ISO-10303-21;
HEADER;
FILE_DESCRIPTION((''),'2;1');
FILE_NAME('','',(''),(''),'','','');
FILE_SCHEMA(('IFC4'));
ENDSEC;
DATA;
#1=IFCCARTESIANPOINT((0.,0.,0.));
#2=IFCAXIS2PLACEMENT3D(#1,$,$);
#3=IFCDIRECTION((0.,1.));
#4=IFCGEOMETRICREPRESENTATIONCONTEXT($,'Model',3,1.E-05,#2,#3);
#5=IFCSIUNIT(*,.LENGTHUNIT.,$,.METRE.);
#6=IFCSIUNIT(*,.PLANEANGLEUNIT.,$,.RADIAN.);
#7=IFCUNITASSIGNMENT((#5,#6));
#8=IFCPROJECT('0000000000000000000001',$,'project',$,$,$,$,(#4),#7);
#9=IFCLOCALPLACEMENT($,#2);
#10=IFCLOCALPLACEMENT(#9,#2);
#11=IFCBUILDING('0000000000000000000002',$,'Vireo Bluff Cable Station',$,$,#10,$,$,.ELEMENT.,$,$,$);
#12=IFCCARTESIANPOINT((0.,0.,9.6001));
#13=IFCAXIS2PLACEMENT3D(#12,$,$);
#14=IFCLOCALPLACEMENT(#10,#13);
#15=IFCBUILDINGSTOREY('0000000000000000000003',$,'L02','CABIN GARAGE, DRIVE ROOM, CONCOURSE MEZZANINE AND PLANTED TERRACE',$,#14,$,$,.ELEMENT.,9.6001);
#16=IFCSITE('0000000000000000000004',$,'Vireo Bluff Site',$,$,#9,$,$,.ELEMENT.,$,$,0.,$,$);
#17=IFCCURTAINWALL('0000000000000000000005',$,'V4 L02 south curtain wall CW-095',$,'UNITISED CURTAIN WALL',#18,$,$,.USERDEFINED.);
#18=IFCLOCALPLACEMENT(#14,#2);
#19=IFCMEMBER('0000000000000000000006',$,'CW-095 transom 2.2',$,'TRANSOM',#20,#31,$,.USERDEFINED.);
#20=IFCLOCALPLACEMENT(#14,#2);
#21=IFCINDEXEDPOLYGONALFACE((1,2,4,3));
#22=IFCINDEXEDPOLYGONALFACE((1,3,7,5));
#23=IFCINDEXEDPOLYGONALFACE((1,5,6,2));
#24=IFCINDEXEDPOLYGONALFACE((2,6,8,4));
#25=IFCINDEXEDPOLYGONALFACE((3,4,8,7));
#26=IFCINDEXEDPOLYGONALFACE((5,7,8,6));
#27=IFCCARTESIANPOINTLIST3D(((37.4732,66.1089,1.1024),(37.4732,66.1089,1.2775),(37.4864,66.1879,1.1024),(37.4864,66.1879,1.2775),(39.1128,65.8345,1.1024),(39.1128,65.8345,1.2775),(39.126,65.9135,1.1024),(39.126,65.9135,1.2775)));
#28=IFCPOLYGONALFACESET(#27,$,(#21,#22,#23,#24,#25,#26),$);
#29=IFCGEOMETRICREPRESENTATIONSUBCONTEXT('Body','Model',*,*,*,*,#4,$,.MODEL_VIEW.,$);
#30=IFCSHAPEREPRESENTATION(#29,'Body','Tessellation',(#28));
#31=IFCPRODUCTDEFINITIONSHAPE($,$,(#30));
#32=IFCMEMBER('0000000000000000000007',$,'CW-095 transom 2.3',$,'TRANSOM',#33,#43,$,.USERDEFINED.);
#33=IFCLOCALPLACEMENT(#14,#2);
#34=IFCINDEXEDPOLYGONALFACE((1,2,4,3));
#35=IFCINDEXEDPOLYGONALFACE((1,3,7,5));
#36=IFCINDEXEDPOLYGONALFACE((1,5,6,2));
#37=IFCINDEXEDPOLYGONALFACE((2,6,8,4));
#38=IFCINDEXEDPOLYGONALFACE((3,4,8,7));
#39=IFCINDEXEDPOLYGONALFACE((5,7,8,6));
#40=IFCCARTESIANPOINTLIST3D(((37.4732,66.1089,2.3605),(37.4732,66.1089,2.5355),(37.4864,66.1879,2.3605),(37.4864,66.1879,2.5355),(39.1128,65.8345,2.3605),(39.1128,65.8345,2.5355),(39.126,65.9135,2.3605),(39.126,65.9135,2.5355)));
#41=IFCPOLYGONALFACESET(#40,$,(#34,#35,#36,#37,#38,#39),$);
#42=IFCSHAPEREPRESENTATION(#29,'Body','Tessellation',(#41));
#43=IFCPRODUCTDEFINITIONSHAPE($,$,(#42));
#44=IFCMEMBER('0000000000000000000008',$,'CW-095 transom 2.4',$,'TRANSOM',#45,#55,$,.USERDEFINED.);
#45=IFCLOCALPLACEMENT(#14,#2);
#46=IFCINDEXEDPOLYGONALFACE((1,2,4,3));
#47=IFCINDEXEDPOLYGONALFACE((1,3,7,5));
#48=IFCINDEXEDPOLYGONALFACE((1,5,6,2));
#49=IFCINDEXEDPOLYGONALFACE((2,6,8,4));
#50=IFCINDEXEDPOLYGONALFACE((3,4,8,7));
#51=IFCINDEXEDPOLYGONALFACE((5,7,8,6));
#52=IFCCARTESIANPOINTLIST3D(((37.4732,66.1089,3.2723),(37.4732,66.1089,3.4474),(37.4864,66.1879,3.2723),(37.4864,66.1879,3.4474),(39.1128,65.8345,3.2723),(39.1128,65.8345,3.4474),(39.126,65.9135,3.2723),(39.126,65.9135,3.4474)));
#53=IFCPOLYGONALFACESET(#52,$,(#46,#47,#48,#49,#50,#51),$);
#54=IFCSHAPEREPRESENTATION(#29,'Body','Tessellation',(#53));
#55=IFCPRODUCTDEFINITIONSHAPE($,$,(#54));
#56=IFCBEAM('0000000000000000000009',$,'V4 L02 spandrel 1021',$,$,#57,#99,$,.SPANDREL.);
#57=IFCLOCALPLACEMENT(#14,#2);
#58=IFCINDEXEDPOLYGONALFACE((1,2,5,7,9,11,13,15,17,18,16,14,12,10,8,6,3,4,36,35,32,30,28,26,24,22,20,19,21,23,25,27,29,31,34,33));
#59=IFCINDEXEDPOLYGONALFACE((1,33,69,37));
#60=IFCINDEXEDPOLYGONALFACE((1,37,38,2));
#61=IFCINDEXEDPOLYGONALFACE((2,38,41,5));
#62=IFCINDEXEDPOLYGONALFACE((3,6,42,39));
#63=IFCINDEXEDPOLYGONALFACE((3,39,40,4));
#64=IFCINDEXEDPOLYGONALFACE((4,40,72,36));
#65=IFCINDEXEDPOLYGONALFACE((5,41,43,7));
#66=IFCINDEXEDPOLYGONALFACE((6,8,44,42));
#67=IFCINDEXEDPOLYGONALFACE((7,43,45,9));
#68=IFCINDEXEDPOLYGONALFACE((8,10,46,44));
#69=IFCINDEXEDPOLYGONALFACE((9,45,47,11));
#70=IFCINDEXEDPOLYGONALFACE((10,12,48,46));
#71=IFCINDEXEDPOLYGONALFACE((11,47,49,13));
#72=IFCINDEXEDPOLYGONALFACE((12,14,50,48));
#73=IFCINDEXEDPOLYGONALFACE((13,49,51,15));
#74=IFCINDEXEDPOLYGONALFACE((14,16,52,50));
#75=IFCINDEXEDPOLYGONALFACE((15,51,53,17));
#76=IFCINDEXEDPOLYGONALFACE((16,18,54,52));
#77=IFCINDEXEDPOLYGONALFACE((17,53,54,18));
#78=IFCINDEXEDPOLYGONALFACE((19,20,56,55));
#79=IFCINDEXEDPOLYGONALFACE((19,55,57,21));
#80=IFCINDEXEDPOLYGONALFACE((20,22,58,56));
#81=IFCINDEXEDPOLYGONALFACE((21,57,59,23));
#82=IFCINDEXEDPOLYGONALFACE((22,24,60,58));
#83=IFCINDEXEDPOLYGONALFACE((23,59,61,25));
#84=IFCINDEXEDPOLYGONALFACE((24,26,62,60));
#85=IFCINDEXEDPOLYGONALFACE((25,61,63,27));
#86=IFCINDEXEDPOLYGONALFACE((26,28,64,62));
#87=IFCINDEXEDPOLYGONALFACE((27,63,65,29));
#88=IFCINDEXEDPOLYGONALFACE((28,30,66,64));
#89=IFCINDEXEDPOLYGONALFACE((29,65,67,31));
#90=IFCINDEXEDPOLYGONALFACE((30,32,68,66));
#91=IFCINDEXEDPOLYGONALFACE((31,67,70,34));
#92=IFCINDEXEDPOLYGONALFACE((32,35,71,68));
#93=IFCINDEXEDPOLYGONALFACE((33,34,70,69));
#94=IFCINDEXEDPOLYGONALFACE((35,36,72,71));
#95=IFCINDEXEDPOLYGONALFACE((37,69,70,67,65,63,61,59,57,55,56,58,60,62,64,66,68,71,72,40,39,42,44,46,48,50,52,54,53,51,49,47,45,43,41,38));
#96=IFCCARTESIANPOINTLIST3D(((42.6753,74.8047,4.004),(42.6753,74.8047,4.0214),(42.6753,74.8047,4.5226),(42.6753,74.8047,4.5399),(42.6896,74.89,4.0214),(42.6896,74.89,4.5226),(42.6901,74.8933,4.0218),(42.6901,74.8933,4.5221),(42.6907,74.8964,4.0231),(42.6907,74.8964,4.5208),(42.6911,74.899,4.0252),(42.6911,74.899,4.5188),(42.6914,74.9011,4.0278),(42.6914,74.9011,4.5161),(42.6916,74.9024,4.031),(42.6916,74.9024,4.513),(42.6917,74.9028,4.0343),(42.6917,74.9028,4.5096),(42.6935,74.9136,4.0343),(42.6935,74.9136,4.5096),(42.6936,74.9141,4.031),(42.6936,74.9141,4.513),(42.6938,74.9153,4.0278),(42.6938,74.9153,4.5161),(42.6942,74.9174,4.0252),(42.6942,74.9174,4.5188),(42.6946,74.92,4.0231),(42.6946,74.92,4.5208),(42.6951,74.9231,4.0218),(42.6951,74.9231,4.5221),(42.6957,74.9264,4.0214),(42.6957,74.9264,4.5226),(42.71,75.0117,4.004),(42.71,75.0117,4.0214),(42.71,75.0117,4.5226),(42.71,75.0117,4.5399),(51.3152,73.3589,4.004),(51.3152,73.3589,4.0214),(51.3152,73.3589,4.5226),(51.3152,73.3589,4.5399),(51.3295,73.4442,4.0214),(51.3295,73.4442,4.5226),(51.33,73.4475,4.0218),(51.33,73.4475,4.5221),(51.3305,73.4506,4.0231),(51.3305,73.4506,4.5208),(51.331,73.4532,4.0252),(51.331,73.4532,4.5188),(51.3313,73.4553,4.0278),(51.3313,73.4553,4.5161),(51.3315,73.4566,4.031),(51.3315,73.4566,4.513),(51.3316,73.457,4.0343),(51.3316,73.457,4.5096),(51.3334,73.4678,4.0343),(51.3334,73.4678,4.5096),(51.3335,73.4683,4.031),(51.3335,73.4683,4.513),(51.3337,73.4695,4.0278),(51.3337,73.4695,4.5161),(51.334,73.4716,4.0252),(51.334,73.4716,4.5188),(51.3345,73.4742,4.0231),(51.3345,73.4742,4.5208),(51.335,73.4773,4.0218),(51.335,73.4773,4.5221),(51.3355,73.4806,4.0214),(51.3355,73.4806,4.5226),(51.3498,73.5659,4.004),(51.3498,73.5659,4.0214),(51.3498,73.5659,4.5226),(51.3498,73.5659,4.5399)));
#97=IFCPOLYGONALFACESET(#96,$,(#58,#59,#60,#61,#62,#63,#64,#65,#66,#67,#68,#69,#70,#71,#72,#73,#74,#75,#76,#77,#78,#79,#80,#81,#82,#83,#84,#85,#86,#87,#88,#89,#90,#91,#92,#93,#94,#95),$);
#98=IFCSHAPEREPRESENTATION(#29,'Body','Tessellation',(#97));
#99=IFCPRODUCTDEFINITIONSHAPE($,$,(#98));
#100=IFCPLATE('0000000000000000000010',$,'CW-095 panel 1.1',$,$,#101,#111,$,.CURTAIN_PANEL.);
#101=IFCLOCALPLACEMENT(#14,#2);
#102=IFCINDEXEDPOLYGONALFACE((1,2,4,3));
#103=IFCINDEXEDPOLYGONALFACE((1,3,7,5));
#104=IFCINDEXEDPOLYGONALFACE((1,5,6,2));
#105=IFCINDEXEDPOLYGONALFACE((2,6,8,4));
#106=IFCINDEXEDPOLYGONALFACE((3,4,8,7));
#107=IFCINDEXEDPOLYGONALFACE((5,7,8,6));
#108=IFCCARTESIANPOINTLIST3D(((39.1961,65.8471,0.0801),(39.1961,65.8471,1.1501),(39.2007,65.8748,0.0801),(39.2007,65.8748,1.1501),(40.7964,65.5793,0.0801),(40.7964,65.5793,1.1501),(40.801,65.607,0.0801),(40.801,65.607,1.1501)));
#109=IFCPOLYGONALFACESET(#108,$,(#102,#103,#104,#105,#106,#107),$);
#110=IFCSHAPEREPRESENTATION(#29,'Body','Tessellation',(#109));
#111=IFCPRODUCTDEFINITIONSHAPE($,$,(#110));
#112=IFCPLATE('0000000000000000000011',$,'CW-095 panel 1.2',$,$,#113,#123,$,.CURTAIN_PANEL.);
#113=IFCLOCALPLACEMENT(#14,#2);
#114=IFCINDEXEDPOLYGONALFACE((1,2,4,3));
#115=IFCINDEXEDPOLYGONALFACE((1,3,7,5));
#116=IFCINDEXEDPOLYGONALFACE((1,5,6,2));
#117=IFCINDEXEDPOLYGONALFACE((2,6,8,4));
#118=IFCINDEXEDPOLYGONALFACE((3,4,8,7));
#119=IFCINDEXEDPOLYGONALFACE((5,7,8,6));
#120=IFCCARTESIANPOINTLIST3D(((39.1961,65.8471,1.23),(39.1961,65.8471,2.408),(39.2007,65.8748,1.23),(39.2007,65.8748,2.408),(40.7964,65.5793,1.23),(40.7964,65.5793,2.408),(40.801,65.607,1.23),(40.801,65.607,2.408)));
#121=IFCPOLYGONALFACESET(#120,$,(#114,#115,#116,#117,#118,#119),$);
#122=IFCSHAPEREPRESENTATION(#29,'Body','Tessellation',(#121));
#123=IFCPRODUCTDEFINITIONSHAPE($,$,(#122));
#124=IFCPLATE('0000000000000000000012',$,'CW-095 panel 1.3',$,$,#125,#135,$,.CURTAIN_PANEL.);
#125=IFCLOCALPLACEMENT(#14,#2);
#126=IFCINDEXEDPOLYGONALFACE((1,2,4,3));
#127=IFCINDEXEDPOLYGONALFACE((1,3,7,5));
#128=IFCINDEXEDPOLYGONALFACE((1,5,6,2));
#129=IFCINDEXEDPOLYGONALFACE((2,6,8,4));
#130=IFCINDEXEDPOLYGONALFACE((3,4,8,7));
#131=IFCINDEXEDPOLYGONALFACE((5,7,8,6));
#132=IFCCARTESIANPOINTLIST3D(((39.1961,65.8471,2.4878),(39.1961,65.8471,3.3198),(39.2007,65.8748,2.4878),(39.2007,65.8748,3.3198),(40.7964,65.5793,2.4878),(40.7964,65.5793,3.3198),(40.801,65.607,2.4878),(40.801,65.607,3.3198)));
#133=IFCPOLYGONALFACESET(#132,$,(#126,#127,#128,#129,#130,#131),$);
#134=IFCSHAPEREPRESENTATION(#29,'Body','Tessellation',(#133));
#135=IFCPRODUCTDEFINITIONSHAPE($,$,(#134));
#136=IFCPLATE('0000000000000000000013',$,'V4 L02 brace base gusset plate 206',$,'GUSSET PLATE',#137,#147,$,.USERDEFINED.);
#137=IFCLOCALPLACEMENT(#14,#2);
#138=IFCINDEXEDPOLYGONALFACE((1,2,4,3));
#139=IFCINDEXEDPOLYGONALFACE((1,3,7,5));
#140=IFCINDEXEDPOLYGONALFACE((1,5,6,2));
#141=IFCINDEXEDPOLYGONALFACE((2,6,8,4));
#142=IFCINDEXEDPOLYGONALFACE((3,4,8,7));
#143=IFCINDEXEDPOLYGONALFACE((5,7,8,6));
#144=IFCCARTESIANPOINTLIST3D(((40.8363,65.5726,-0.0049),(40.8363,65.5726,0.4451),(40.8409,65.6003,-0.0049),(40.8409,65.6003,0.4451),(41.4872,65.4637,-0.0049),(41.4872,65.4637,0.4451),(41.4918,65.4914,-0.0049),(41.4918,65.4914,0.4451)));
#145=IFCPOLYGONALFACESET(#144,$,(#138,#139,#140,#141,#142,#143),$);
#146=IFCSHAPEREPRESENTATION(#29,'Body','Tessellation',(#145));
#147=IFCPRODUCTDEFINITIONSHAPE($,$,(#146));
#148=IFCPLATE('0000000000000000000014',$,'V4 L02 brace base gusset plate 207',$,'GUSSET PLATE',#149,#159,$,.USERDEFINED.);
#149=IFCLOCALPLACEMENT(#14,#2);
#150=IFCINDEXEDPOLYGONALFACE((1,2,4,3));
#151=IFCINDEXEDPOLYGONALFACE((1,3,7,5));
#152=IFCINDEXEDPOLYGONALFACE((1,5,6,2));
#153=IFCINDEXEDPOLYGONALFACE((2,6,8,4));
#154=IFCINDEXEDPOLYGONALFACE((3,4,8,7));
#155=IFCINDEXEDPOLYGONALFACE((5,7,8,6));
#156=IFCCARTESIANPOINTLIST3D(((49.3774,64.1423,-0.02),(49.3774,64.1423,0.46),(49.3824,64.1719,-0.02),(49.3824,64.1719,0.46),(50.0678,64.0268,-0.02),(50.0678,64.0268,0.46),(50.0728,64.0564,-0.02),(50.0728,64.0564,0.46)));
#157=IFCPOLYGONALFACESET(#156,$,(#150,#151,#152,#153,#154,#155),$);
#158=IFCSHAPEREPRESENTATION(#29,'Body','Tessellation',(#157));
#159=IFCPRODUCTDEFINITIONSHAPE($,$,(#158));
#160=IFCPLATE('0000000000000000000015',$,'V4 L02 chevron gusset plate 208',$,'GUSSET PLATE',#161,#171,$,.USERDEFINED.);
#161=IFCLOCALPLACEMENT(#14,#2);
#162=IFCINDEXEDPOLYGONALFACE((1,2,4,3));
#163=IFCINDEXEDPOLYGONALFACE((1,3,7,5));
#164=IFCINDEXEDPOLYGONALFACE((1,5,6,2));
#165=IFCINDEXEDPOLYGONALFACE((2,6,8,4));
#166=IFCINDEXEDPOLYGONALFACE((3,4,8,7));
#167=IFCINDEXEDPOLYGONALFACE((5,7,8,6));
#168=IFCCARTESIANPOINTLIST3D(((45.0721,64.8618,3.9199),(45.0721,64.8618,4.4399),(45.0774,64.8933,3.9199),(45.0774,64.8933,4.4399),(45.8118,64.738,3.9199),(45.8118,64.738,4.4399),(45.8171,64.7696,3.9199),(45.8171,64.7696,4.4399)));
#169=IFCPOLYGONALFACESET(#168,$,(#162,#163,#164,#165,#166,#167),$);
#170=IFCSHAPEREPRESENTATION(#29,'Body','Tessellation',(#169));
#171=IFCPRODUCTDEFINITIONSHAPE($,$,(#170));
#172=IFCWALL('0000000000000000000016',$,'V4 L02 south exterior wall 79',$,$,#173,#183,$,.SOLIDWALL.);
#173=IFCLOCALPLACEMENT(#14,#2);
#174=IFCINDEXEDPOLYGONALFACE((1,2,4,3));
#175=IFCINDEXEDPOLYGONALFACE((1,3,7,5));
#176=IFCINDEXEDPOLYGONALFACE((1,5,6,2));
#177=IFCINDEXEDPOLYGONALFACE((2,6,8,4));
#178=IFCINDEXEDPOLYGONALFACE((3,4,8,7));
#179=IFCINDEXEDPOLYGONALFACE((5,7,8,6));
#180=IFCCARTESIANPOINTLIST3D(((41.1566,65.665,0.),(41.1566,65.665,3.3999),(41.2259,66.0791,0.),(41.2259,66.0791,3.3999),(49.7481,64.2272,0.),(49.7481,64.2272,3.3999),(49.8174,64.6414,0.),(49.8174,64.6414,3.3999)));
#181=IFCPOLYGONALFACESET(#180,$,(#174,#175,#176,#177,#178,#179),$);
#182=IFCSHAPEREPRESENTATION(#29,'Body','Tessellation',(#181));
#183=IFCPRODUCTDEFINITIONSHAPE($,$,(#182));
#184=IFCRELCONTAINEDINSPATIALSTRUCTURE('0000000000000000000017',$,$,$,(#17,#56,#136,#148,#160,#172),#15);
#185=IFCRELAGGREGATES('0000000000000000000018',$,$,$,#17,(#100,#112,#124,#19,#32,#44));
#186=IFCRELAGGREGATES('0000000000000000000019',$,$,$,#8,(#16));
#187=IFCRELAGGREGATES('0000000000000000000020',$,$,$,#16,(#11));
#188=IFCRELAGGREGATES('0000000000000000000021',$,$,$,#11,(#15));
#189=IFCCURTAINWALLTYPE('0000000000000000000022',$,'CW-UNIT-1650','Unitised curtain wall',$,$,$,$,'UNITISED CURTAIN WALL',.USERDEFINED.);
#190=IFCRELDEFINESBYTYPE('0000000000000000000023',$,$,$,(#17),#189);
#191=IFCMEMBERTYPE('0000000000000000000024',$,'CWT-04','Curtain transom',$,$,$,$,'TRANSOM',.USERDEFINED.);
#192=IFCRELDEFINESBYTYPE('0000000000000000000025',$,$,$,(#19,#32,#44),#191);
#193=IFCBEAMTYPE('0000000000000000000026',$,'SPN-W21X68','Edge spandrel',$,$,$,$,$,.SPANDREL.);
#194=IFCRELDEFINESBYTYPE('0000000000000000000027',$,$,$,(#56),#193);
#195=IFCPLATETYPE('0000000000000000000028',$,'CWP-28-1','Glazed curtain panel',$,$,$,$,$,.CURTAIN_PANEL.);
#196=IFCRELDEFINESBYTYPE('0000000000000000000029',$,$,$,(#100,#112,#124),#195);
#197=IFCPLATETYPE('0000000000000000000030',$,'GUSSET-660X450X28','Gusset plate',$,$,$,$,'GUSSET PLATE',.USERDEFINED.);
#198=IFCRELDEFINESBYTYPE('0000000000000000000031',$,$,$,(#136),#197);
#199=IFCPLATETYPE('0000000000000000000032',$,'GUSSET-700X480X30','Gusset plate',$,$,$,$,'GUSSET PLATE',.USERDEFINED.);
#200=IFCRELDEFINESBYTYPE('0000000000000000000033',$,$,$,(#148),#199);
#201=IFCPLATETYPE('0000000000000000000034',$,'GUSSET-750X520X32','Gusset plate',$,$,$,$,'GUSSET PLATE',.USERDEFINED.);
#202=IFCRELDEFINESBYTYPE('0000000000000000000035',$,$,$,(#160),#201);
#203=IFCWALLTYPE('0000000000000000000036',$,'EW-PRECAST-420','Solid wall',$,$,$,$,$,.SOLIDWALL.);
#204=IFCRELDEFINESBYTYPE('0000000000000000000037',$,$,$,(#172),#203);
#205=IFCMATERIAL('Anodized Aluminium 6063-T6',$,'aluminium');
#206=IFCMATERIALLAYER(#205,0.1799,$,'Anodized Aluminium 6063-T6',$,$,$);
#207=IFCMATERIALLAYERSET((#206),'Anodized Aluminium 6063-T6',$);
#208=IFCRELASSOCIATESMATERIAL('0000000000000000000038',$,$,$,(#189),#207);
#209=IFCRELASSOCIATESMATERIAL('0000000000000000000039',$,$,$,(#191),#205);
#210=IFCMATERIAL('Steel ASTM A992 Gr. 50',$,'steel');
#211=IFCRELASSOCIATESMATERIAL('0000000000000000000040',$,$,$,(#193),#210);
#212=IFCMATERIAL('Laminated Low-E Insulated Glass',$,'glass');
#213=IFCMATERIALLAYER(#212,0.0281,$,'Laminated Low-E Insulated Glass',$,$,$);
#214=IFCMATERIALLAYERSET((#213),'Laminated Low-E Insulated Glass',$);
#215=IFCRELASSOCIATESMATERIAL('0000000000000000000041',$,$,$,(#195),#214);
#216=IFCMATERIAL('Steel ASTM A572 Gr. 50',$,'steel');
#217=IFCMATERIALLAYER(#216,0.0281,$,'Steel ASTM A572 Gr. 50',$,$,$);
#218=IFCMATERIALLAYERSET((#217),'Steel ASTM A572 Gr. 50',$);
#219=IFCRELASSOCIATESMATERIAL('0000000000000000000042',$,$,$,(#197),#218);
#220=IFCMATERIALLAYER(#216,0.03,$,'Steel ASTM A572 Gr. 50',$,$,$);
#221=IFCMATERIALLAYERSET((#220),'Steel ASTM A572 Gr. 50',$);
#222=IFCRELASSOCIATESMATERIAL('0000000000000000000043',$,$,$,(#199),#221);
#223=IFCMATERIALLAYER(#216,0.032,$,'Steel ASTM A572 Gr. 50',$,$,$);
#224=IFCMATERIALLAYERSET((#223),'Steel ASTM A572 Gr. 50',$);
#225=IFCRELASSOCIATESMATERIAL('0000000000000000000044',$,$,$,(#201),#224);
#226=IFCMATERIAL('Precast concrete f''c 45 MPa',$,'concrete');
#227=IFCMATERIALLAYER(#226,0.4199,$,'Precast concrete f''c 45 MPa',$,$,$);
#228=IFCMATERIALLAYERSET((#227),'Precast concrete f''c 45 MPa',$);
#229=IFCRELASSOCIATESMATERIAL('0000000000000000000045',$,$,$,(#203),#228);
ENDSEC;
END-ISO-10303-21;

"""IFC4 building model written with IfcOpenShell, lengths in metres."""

from ifc_helpers import new_model, si_unit, direction, frame, frame_2d, origin, origin_2d, place, context, subcontext, project, spatial, rectangle, i_section, extrude, material, layer, layer_set, material_profile, profile_set, type_object, element, aggregate, save


model = new_model("IFC4")

# Units and contexts
model_context = context("Model", 3, precision=1e-05, world=origin(), true_north=direction((0.0, 1.0)))
body_context = subcontext(model_context, "Body", "Model", "MODEL_VIEW")
ifc_project = project(units=[si_unit("LENGTHUNIT", "METRE"), si_unit("PLANEANGLEUNIT", "RADIAN")], contexts=[model_context])

# Site, building, storey
site_placement = place(None, origin())
site = spatial("IfcSite", under=ifc_project, at=site_placement, Name="Vireo Bluff Site", CompositionType="ELEMENT", RefElevation=0.0)
building_placement = place(site_placement, origin())
building = spatial("IfcBuilding", under=site, at=building_placement, Name="Vireo Bluff Cable Station", CompositionType="ELEMENT")
storey_placement = place(building_placement, frame((0.0, 0.0, 9.6001)))
storey = spatial("IfcBuildingStorey", under=building, at=storey_placement, Name="L02", Description="CABIN GARAGE, DRIVE ROOM, CONCOURSE MEZZANINE AND PLANTED TERRACE", CompositionType="ELEMENT", Elevation=9.6001)

# Shared definitions
ifc_material_1 = material(Name="Steel ASTM A992 Gr. 50", Category="steel")

# Curtain wall, members
ifc_material_2 = material(Name="Anodized Aluminium 6063-T6", Category="aluminium")
ifc_layer_1 = layer(ifc_material_2, 0.1799, Name="Anodized Aluminium 6063-T6")
ifc_layer_set_1 = layer_set([ifc_layer_1], Name="Anodized Aluminium 6063-T6")
curtain_wall_type = type_object("IfcCurtainWallType", Name="CW-UNIT-1650", Description="Unitised curtain wall", ElementType="UNITISED CURTAIN WALL", PredefinedType="USERDEFINED", material=ifc_layer_set_1)
curtain_wall_placement = place(storey_placement, origin())
curtain_wall = element("IfcCurtainWall", 1, at=curtain_wall_placement, inside=storey, type_object=curtain_wall_type, Name="V4 L02 south curtain wall CW-095", ObjectType="UNITISED CURTAIN WALL", PredefinedType="USERDEFINED")
ifc_material_profile_1 = material_profile(ifc_material_2, rectangle(XDim=0.0801, YDim=0.175, at=origin_2d()), Name="ALU-T-80X175")
ifc_profile_set_1 = profile_set([ifc_material_profile_1], Name="Anodized Aluminium 6063-T6")
member_type_1 = type_object("IfcMemberType", Name="CWT-04", Description="Curtain transom", ElementType="TRANSOM", PredefinedType="USERDEFINED", material=ifc_profile_set_1)
member_1_placement = place(storey_placement, frame((39.1194, 65.874, 1.1899), z_axis=(-0.986283, 0.165066, 0.0), x_axis=(-0.165066, -0.986283, 0.0)))
member_1 = element("IfcMember", 2, at=member_1_placement, type_object=member_type_1, Name="CW-095 transom 2.2", ObjectType="TRANSOM", PredefinedType="USERDEFINED", context=body_context, shape_type="SweptSolid", body=[
    extrude(rectangle(XDim=0.0801, YDim=0.175, at=origin_2d()), origin(), (0.0, 0.0, 1.0), 1.6624),
])
member_2_placement = place(storey_placement, frame((39.1194, 65.874, 2.448), z_axis=(-0.986283, 0.165066, 0.0), x_axis=(-0.165066, -0.986283, 0.0)))
member_2 = element("IfcMember", 3, at=member_2_placement, type_object=member_type_1, Name="CW-095 transom 2.3", ObjectType="TRANSOM", PredefinedType="USERDEFINED", context=body_context, shape_type="SweptSolid", body=[
    extrude(rectangle(XDim=0.0801, YDim=0.175, at=origin_2d()), origin(), (0.0, 0.0, 1.0), 1.6624),
])
member_3_placement = place(storey_placement, frame((39.1194, 65.874, 3.3599), z_axis=(-0.986283, 0.165066, 0.0), x_axis=(-0.165066, -0.986283, 0.0)))
member_3 = element("IfcMember", 4, at=member_3_placement, type_object=member_type_1, Name="CW-095 transom 2.4", ObjectType="TRANSOM", PredefinedType="USERDEFINED", context=body_context, shape_type="SweptSolid", body=[
    extrude(rectangle(XDim=0.0801, YDim=0.175, at=origin_2d()), origin(), (0.0, 0.0, 1.0), 1.6624),
])

# Beam
ifc_material_profile_2 = material_profile(ifc_material_1, i_section(OverallWidth=0.21, OverallDepth=0.5359, WebThickness=0.011, FlangeThickness=0.0173, FilletRadius=0.0129, at=origin_2d()), Name="W21X68")
ifc_profile_set_2 = profile_set([ifc_material_profile_2], Name="Steel ASTM A992 Gr. 50")
beam_type_1 = type_object("IfcBeamType", Name="SPN-W21X68", Description="Edge spandrel", PredefinedType="SPANDREL", material=ifc_profile_set_2)
beam_1_placement = place(storey_placement, frame((42.6926, 74.9082, 4.272), z_axis=(0.986286, -0.165045, 0.0), x_axis=(0.165045, 0.986286, 0.0)))
element("IfcBeam", 5, at=beam_1_placement, inside=storey, type_object=beam_type_1, Name="V4 L02 spandrel 1021", PredefinedType="SPANDREL", context=body_context, shape_type="SweptSolid", body=[
    extrude(i_section(OverallWidth=0.21, OverallDepth=0.5359, WebThickness=0.011, FlangeThickness=0.0173, FilletRadius=0.0129, at=origin_2d()), origin(), (0.0, 0.0, 1.0), 8.76),
])

# Plates
ifc_material_3 = material(Name="Laminated Low-E Insulated Glass", Category="glass")
ifc_layer_2 = layer(ifc_material_3, 0.0281, Name="Laminated Low-E Insulated Glass")
ifc_layer_set_2 = layer_set([ifc_layer_2], Name="Laminated Low-E Insulated Glass")
plate_type_1 = type_object("IfcPlateType", Name="CWP-28-1", Description="Glazed curtain panel", PredefinedType="CURTAIN_PANEL", material=ifc_layer_set_2)
plate_1_placement = place(storey_placement, frame((39.9985, 65.7271, 0.0801), z_axis=(0.0, 0.0, 1.0), x_axis=(-0.986286, 0.165048, 0.0)))
plate_1 = element("IfcPlate", 6, at=plate_1_placement, type_object=plate_type_1, Name="CW-095 panel 1.1", PredefinedType="CURTAIN_PANEL", context=body_context, shape_type="SweptSolid", body=[
    extrude(rectangle(XDim=1.6226, YDim=0.0281, at=origin_2d()), origin(), (0.0, 0.0, 1.0), 1.0701),
])
plate_2_placement = place(storey_placement, frame((39.9985, 65.7271, 1.23), z_axis=(0.0, 0.0, 1.0), x_axis=(-0.986286, 0.165048, 0.0)))
plate_2 = element("IfcPlate", 7, at=plate_2_placement, type_object=plate_type_1, Name="CW-095 panel 1.2", PredefinedType="CURTAIN_PANEL", context=body_context, shape_type="SweptSolid", body=[
    extrude(rectangle(XDim=1.6226, YDim=0.0281, at=origin_2d()), origin(), (0.0, 0.0, 1.0), 1.178),
])
plate_3_placement = place(storey_placement, frame((39.9985, 65.7271, 2.4878), z_axis=(0.0, 0.0, 1.0), x_axis=(-0.986286, 0.165048, 0.0)))
plate_3 = element("IfcPlate", 8, at=plate_3_placement, type_object=plate_type_1, Name="CW-095 panel 1.3", PredefinedType="CURTAIN_PANEL", context=body_context, shape_type="SweptSolid", body=[
    extrude(rectangle(XDim=1.6226, YDim=0.0281, at=origin_2d()), origin(), (0.0, 0.0, 1.0), 0.832),
])
aggregate(curtain_wall, [plate_1, plate_2, plate_3, member_1, member_2, member_3])

# Plates
ifc_material_4 = material(Name="Steel ASTM A572 Gr. 50", Category="steel")
ifc_layer_3 = layer(ifc_material_4, 0.0281, Name="Steel ASTM A572 Gr. 50")
ifc_layer_set_3 = layer_set([ifc_layer_3], Name="Steel ASTM A572 Gr. 50")
plate_type_2 = type_object("IfcPlateType", Name="GUSSET-660X450X28", Description="Gusset plate", ElementType="GUSSET PLATE", PredefinedType="USERDEFINED", material=ifc_layer_set_3)
plate_4_placement = place(storey_placement, frame((41.1641, 65.532, -0.0049), z_axis=(0.0, 0.0, 1.0), x_axis=(0.986286, -0.165048, 0.0)))
element("IfcPlate", 9, at=plate_4_placement, inside=storey, type_object=plate_type_2, Name="V4 L02 brace base gusset plate 206", ObjectType="GUSSET PLATE", PredefinedType="USERDEFINED", context=body_context, shape_type="SweptSolid", body=[
    extrude(rectangle(XDim=0.6599, YDim=0.0281, at=origin_2d()), origin(), (0.0, 0.0, 1.0), 0.45),
])
ifc_layer_4 = layer(ifc_material_4, 0.03, Name="Steel ASTM A572 Gr. 50")
ifc_layer_set_4 = layer_set([ifc_layer_4], Name="Steel ASTM A572 Gr. 50")
plate_type_3 = type_object("IfcPlateType", Name="GUSSET-700X480X30", Description="Gusset plate", ElementType="GUSSET PLATE", PredefinedType="USERDEFINED", material=ifc_layer_set_4)
plate_5_placement = place(storey_placement, frame((49.7251, 64.0994, -0.02), z_axis=(0.0, 0.0, 1.0), x_axis=(0.986286, -0.165048, 0.0)))
element("IfcPlate", 10, at=plate_5_placement, inside=storey, type_object=plate_type_3, Name="V4 L02 brace base gusset plate 207", ObjectType="GUSSET PLATE", PredefinedType="USERDEFINED", context=body_context, shape_type="SweptSolid", body=[
    extrude(rectangle(XDim=0.7, YDim=0.03, at=origin_2d()), origin(), (0.0, 0.0, 1.0), 0.48),
])
ifc_layer_5 = layer(ifc_material_4, 0.032, Name="Steel ASTM A572 Gr. 50")
ifc_layer_set_5 = layer_set([ifc_layer_5], Name="Steel ASTM A572 Gr. 50")
plate_type_4 = type_object("IfcPlateType", Name="GUSSET-750X520X32", Description="Gusset plate", ElementType="GUSSET PLATE", PredefinedType="USERDEFINED", material=ifc_layer_set_5)
plate_6_placement = place(storey_placement, frame((45.4446, 64.8157, 3.9199), z_axis=(0.0, 0.0, 1.0), x_axis=(0.986286, -0.165048, 0.0)))
element("IfcPlate", 11, at=plate_6_placement, inside=storey, type_object=plate_type_4, Name="V4 L02 chevron gusset plate 208", ObjectType="GUSSET PLATE", PredefinedType="USERDEFINED", context=body_context, shape_type="SweptSolid", body=[
    extrude(rectangle(XDim=0.75, YDim=0.032, at=origin_2d()), origin(), (0.0, 0.0, 1.0), 0.52),
])

# Wall
ifc_material_5 = material(Name="Precast concrete f'c 45 MPa", Category="concrete")
ifc_layer_6 = layer(ifc_material_5, 0.4199, Name="Precast concrete f'c 45 MPa")
ifc_layer_set_6 = layer_set([ifc_layer_6], Name="Precast concrete f'c 45 MPa")
wall_type = type_object("IfcWallType", Name="EW-PRECAST-420", Description="Solid wall", PredefinedType="SOLIDWALL", material=ifc_layer_set_6)
wall_placement = place(storey_placement, frame((49.7827, 64.4343, 0.0), z_axis=(0.0, 0.0, 1.0), x_axis=(-0.986285, 0.165049, 0.0)))
element("IfcWall", 12, at=wall_placement, inside=storey, type_object=wall_type, Name="V4 L02 south exterior wall 79", PredefinedType="SOLIDWALL", context=body_context, shape_type="SweptSolid", body=[
    extrude(rectangle(XDim=8.7109, YDim=0.4199, at=frame_2d((4.3555, 0.0))), origin(), (0.0, 0.0, 1.0), 3.3999),
])

save(model, "model.ifc")
